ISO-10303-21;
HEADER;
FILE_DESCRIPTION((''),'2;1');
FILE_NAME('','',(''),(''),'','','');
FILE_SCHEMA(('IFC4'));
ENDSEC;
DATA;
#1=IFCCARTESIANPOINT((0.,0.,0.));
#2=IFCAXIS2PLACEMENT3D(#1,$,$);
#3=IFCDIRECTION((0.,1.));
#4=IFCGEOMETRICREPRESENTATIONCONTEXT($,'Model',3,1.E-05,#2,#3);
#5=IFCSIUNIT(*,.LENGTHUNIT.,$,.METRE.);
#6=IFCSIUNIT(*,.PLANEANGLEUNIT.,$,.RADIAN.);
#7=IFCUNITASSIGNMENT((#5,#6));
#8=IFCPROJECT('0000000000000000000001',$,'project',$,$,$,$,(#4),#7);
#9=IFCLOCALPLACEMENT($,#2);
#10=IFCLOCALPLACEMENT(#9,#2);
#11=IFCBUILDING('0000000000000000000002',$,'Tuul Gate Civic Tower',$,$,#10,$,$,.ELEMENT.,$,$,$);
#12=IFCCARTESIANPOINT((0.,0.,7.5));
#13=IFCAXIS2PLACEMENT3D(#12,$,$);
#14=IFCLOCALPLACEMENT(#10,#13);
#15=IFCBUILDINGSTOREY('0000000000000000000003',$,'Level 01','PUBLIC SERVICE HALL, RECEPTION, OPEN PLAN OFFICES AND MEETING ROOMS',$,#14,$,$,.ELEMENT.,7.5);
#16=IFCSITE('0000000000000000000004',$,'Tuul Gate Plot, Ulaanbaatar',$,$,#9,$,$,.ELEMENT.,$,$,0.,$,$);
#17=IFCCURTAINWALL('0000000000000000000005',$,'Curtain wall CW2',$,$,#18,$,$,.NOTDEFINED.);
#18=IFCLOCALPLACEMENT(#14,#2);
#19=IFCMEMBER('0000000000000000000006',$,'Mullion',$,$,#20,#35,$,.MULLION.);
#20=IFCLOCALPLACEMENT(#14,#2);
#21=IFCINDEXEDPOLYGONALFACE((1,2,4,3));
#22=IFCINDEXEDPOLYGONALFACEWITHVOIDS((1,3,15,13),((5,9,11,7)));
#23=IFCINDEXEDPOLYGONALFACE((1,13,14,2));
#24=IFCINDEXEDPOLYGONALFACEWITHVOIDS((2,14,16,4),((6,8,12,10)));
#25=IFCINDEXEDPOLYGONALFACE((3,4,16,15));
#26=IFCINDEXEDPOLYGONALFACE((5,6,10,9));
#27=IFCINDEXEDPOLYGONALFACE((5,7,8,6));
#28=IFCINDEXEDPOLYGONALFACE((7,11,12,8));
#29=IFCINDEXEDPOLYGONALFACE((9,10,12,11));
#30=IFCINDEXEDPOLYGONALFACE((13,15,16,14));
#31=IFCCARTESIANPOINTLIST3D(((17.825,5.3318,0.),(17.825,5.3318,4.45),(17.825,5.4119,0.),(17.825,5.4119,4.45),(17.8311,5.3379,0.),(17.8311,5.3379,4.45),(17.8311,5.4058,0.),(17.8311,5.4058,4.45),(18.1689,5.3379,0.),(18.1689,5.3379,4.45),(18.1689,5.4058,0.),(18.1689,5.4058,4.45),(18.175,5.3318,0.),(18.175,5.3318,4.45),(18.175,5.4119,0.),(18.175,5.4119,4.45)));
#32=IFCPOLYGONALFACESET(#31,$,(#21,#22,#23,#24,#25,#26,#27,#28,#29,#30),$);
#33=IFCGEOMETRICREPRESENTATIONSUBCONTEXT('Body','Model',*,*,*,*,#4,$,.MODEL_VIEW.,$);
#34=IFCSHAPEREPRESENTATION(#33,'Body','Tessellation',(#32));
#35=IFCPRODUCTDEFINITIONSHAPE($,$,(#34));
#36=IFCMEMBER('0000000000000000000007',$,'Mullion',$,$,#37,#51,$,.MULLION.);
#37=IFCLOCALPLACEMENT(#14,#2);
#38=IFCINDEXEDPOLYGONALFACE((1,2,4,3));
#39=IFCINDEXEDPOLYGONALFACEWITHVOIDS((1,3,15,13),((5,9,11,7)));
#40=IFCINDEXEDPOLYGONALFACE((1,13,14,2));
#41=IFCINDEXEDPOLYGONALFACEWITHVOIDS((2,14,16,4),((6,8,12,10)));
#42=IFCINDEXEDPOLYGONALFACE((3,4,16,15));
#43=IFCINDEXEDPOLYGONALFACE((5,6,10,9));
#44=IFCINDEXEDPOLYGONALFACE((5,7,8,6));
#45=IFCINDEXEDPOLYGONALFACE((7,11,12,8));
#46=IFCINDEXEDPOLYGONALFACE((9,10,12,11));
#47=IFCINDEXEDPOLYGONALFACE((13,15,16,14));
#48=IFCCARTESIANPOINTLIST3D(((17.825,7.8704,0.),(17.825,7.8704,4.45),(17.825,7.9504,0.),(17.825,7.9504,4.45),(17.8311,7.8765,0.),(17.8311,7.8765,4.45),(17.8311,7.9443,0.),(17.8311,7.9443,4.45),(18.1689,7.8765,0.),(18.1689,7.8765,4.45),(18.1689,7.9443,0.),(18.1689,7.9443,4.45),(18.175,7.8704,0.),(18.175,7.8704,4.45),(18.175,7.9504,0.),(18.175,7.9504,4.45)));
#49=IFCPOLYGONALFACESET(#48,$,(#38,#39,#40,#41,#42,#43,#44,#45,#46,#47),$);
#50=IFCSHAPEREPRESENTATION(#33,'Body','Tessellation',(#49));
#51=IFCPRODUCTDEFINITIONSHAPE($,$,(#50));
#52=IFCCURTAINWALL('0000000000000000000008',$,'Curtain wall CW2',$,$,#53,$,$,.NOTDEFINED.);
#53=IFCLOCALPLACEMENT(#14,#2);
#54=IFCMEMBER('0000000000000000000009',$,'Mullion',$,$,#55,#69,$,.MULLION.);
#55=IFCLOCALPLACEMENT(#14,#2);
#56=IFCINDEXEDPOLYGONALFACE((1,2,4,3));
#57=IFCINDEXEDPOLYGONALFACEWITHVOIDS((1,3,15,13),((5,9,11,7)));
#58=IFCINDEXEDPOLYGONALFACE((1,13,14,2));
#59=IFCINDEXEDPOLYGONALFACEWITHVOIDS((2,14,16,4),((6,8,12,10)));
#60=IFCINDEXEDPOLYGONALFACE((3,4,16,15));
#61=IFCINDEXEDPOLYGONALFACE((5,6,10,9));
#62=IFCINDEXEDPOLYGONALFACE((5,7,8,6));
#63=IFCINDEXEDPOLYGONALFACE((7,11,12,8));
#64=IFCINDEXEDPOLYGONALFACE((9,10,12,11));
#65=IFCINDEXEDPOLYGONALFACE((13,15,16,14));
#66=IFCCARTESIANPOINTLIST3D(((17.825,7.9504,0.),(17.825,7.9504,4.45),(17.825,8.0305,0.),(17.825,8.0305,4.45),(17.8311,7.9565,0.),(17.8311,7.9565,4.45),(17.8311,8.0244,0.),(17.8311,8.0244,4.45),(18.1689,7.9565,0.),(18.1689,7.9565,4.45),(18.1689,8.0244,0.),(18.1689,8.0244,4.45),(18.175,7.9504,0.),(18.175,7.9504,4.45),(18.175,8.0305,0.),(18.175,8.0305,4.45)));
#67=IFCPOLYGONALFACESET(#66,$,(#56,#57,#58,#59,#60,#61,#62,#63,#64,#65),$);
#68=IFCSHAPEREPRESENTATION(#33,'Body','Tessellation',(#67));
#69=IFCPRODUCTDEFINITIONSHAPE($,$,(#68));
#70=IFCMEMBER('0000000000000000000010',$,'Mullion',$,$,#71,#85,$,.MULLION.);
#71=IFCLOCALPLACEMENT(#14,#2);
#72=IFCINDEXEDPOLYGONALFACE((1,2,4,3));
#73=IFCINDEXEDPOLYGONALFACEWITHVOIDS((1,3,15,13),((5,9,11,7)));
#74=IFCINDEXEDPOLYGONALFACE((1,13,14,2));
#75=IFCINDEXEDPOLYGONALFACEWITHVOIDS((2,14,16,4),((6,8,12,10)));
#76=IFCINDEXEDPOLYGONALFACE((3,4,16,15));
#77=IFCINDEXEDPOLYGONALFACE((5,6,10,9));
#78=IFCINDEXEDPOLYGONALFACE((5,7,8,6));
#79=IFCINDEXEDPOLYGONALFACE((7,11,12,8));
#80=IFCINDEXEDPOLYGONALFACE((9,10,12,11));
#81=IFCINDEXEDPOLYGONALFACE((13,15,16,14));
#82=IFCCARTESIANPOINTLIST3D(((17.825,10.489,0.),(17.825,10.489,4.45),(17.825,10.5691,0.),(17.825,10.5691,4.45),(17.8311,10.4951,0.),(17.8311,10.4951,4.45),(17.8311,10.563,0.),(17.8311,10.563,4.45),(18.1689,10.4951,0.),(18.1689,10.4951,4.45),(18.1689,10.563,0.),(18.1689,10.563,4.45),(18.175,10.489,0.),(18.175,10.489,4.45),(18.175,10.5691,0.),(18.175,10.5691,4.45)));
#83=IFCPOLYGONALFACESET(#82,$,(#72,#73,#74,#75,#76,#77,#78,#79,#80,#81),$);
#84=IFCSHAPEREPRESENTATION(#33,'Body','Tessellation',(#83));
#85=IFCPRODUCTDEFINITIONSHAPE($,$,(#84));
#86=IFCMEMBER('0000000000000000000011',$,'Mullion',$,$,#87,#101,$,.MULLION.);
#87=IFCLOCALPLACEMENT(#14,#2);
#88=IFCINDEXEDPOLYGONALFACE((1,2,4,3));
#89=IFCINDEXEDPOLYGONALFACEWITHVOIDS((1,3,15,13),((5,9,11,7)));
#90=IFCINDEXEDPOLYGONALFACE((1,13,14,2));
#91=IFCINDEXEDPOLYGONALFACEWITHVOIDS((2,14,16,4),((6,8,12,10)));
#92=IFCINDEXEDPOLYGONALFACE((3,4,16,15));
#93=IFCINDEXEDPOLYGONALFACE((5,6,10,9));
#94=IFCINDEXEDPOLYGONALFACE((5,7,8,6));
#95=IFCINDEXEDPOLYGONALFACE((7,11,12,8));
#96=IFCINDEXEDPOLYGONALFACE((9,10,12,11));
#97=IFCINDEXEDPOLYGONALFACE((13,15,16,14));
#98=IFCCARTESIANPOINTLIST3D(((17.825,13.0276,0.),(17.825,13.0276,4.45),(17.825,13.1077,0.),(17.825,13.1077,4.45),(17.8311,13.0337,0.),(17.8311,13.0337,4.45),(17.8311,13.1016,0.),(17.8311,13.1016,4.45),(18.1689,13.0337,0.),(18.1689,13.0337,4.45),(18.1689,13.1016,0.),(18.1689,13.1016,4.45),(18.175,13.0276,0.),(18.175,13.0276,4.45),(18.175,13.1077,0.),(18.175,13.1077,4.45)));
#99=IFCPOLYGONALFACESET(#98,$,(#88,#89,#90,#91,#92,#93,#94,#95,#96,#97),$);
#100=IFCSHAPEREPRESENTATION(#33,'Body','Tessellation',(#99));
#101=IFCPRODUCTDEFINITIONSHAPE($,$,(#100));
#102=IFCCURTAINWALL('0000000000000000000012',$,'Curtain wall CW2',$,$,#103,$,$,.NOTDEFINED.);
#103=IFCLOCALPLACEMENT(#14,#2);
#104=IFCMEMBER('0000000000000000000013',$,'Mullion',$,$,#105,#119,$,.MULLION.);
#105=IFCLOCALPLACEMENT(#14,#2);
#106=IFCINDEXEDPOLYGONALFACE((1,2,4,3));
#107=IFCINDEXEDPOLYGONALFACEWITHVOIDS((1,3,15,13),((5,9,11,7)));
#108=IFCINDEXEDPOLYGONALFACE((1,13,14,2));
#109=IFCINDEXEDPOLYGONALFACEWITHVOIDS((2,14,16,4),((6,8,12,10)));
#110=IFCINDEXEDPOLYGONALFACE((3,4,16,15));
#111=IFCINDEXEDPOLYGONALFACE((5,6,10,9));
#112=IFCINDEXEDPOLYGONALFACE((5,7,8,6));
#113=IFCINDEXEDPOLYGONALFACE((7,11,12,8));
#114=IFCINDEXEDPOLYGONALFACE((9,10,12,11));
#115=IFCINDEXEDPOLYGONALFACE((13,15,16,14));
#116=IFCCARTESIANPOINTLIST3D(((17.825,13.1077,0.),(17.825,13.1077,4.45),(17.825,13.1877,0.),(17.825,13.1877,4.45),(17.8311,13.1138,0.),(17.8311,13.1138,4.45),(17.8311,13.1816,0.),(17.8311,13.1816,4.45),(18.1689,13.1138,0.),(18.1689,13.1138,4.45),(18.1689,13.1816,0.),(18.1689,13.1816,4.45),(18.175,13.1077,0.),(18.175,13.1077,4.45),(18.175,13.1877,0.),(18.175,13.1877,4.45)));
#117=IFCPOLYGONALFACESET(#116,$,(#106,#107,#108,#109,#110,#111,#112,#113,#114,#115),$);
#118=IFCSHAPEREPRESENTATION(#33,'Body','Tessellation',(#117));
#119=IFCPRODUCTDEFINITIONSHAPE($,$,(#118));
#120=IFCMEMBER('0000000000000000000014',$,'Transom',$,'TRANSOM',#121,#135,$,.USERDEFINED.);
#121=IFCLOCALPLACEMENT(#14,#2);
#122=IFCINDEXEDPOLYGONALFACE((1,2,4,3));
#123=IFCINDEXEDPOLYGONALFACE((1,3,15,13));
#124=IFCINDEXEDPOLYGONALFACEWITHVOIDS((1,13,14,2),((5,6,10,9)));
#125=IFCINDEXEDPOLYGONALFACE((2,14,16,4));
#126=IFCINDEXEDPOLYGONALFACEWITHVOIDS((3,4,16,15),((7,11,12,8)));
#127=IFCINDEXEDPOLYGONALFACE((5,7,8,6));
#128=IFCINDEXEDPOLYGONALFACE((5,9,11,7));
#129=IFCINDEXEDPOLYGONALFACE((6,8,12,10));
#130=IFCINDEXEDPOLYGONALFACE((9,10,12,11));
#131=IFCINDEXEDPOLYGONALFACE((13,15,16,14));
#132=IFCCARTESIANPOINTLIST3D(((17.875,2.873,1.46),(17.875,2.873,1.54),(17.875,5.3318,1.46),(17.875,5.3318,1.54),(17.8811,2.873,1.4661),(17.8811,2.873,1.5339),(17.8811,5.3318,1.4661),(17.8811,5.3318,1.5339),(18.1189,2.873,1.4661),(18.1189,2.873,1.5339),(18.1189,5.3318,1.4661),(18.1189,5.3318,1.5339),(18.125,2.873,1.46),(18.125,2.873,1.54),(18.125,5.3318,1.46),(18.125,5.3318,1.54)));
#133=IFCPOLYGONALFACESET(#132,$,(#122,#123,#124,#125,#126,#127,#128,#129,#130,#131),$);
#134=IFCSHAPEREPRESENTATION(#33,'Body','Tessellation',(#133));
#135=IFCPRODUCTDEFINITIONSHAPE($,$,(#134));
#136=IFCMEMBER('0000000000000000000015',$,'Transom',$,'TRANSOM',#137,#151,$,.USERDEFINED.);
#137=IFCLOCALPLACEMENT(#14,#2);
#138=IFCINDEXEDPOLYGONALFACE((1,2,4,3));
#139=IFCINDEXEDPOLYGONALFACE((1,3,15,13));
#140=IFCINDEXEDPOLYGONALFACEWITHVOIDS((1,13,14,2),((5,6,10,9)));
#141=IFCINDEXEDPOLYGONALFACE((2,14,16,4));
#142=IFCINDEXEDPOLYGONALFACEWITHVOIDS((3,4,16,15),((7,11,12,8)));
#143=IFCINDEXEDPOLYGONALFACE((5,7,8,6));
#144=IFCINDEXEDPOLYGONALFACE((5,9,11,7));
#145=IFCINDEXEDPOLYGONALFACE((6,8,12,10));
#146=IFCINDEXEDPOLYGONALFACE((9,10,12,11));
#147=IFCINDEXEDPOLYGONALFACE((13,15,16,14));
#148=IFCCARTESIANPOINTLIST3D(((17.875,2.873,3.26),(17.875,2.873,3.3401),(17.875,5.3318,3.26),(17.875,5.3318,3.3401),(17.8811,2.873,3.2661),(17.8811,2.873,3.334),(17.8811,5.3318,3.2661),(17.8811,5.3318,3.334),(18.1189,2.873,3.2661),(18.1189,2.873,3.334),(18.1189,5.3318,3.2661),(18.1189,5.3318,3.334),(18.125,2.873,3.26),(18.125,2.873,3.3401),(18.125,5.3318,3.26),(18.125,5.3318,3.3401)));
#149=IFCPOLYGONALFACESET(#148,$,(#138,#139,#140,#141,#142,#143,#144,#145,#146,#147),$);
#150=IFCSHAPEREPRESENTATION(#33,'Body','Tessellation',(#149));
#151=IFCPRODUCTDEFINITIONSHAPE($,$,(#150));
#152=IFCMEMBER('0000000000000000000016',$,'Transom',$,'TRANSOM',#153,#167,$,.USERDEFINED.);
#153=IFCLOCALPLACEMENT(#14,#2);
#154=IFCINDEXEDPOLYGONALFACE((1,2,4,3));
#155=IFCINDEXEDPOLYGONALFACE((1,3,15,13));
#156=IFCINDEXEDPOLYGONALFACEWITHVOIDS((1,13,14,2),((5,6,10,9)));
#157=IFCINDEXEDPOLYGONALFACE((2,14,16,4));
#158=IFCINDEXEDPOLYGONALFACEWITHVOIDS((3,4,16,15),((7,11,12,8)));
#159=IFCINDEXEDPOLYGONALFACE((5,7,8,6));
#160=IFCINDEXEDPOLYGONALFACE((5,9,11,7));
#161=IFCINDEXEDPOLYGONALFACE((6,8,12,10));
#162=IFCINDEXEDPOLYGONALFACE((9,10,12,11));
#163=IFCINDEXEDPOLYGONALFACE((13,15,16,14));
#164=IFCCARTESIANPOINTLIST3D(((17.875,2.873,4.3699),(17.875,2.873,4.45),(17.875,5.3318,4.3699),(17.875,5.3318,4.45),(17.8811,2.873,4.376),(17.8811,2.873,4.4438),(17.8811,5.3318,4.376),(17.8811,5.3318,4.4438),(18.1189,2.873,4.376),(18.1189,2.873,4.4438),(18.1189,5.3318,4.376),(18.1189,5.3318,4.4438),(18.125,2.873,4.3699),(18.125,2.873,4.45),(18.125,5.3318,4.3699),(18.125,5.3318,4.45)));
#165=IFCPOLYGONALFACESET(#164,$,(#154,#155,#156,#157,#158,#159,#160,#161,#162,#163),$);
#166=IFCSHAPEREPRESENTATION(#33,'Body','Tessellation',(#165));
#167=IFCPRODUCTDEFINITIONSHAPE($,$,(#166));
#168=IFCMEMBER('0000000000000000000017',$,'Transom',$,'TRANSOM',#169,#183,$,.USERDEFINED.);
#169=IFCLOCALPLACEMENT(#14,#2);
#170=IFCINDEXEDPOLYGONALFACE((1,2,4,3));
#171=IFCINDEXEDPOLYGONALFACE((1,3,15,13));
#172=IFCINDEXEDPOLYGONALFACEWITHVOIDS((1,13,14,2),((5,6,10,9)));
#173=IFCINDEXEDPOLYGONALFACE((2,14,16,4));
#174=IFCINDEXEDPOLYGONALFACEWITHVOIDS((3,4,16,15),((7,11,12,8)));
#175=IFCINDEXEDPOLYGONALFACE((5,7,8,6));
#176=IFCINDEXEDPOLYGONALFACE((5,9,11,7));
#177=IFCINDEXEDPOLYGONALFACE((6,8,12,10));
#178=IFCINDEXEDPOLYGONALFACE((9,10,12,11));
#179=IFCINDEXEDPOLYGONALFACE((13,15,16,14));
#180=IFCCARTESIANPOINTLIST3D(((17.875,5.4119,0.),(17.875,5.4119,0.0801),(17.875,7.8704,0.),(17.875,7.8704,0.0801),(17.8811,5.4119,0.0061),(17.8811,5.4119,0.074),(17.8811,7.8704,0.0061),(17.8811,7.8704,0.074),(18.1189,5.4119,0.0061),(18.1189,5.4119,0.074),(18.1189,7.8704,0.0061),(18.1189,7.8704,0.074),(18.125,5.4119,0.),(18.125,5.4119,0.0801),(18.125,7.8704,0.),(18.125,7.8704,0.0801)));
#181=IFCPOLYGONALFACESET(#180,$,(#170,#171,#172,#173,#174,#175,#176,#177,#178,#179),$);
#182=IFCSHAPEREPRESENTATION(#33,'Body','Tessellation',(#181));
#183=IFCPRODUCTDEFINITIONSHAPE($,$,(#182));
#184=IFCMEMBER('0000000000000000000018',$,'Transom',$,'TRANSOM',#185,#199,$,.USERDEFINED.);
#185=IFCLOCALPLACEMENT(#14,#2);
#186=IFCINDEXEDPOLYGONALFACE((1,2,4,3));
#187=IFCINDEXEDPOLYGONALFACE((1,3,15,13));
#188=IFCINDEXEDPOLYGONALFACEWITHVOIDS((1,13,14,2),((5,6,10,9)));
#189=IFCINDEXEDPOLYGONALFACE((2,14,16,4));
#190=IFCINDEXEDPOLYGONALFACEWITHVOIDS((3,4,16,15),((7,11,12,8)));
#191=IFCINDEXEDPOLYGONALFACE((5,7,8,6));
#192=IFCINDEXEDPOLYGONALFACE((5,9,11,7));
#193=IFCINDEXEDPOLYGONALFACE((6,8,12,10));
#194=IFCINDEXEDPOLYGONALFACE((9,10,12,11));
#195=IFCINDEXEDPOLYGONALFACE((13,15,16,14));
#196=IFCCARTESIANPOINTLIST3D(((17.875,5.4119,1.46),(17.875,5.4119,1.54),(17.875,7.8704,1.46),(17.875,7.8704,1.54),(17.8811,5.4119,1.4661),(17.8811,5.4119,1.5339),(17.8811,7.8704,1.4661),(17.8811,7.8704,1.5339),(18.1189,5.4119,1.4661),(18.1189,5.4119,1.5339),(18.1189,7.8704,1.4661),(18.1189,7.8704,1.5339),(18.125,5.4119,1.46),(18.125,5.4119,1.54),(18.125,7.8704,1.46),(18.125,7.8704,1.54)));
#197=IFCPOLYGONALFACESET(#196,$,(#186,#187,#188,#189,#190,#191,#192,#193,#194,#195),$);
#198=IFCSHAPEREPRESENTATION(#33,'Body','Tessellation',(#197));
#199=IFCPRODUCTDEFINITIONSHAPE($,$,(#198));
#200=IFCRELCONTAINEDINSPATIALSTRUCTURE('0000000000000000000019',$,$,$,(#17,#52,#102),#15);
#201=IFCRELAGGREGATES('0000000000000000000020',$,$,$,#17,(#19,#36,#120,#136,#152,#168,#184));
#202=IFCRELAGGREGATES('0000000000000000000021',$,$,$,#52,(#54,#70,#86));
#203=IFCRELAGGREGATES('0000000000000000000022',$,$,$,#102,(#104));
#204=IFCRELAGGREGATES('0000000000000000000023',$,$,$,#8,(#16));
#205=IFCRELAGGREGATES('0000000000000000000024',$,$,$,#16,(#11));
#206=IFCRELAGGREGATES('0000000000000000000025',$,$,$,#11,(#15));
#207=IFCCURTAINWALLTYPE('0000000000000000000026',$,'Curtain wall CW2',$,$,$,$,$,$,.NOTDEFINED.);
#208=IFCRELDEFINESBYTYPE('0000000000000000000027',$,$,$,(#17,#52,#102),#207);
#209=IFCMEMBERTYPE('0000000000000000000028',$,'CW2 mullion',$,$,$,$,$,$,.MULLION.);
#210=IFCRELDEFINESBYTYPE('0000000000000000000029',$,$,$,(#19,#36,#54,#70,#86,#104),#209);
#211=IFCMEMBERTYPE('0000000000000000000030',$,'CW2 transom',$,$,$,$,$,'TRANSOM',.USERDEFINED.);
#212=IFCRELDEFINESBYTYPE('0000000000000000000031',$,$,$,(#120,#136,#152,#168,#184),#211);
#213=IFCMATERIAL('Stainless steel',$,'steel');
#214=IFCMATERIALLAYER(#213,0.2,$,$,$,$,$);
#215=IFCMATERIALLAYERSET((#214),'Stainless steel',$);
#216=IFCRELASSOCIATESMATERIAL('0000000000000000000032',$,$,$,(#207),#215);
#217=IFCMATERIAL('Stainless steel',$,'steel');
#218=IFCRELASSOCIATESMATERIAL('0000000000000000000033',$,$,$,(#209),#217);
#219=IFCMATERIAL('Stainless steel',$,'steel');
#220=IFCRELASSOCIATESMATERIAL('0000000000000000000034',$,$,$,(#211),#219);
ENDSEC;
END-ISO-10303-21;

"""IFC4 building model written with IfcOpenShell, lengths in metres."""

from ifc_helpers import new_model, si_unit, direction, frame, origin, origin_2d, place, context, subcontext, project, spatial, hollow_rectangle, extrude, material, layer, layer_set, material_profile, profile_set, type_object, element, aggregate, save


model = new_model("IFC4")

# Units and contexts
model_context = context("Model", 3, precision=1e-05, world=origin(), true_north=direction((0.0, 1.0)))
body_context = subcontext(model_context, "Body", "Model", "MODEL_VIEW")
ifc_project = project(units=[si_unit("LENGTHUNIT", "METRE"), si_unit("PLANEANGLEUNIT", "RADIAN")], contexts=[model_context])

# Site, building, storey
site_placement = place(None, origin())
site = spatial("IfcSite", under=ifc_project, at=site_placement, Name="Tuul Gate Plot, Ulaanbaatar", CompositionType="ELEMENT", RefElevation=0.0)
building_placement = place(site_placement, origin())
building = spatial("IfcBuilding", under=site, at=building_placement, Name="Tuul Gate Civic Tower", CompositionType="ELEMENT")
storey_placement = place(building_placement, frame((0.0, 0.0, 7.5)))
storey = spatial("IfcBuildingStorey", under=building, at=storey_placement, Name="Level 01", Description="PUBLIC SERVICE HALL, RECEPTION, OPEN PLAN OFFICES AND MEETING ROOMS", CompositionType="ELEMENT", Elevation=7.5)

# Curtain walls, members
ifc_material_1 = material(Name="Stainless steel", Category="steel")
ifc_layer_1 = layer(ifc_material_1, 0.2)
ifc_layer_set_1 = layer_set([ifc_layer_1], Name="Stainless steel")
curtain_wall_type = type_object("IfcCurtainWallType", Name="Curtain wall CW2", PredefinedType="NOTDEFINED", material=ifc_layer_set_1)
curtain_wall_1_placement = place(storey_placement, origin())
curtain_wall_1 = element("IfcCurtainWall", 1, at=curtain_wall_1_placement, inside=storey, type_object=curtain_wall_type, Name="Curtain wall CW2", PredefinedType="NOTDEFINED")
ifc_material_2 = material(Name="Stainless steel", Category="steel")
ifc_material_profile_1 = material_profile(ifc_material_2, hollow_rectangle(XDim=0.3501, YDim=0.0801, WallThickness=0.0061, at=origin_2d()), Name="CW2 mullion")
ifc_profile_set_1 = profile_set([ifc_material_profile_1], Name="Stainless steel")
member_type_1 = type_object("IfcMemberType", Name="CW2 mullion", PredefinedType="MULLION", material=ifc_profile_set_1)
member_1_placement = place(storey_placement, frame((18.0, 5.3718, 0.0), z_axis=(0.0, 0.0, 1.0), x_axis=(-1.0, 0.0, 0.0)))
member_1 = element("IfcMember", 2, at=member_1_placement, type_object=member_type_1, Name="Mullion", PredefinedType="MULLION", context=body_context, shape_type="SweptSolid", body=[
    extrude(hollow_rectangle(XDim=0.3501, YDim=0.0801, WallThickness=0.0061, at=origin_2d()), origin(), (0.0, 0.0, 1.0), 4.45),
])
member_2_placement = place(storey_placement, frame((18.0, 7.9104, 0.0), z_axis=(0.0, 0.0, 1.0), x_axis=(-1.0, 0.0, 0.0)))
member_2 = element("IfcMember", 3, at=member_2_placement, type_object=member_type_1, Name="Mullion", PredefinedType="MULLION", context=body_context, shape_type="SweptSolid", body=[
    extrude(hollow_rectangle(XDim=0.3501, YDim=0.0801, WallThickness=0.0061, at=origin_2d()), origin(), (0.0, 0.0, 1.0), 4.45),
])
curtain_wall_2_placement = place(storey_placement, origin())
curtain_wall_2 = element("IfcCurtainWall", 4, at=curtain_wall_2_placement, inside=storey, type_object=curtain_wall_type, Name="Curtain wall CW2", PredefinedType="NOTDEFINED")
member_3_placement = place(storey_placement, frame((18.0, 7.9905, 0.0), z_axis=(0.0, 0.0, 1.0), x_axis=(-1.0, 0.0, 0.0)))
member_3 = element("IfcMember", 5, at=member_3_placement, type_object=member_type_1, Name="Mullion", PredefinedType="MULLION", context=body_context, shape_type="SweptSolid", body=[
    extrude(hollow_rectangle(XDim=0.3501, YDim=0.0801, WallThickness=0.0061, at=origin_2d()), origin(), (0.0, 0.0, 1.0), 4.45),
])
member_4_placement = place(storey_placement, frame((18.0, 10.5291, 0.0), z_axis=(0.0, 0.0, 1.0), x_axis=(-1.0, 0.0, 0.0)))
member_4 = element("IfcMember", 6, at=member_4_placement, type_object=member_type_1, Name="Mullion", PredefinedType="MULLION", context=body_context, shape_type="SweptSolid", body=[
    extrude(hollow_rectangle(XDim=0.3501, YDim=0.0801, WallThickness=0.0061, at=origin_2d()), origin(), (0.0, 0.0, 1.0), 4.45),
])
member_5_placement = place(storey_placement, frame((18.0, 13.0676, 0.0), z_axis=(0.0, 0.0, 1.0), x_axis=(-1.0, 0.0, 0.0)))
member_5 = element("IfcMember", 7, at=member_5_placement, type_object=member_type_1, Name="Mullion", PredefinedType="MULLION", context=body_context, shape_type="SweptSolid", body=[
    extrude(hollow_rectangle(XDim=0.3501, YDim=0.0801, WallThickness=0.0061, at=origin_2d()), origin(), (0.0, 0.0, 1.0), 4.45),
])

# Curtain wall, member
curtain_wall_3_placement = place(storey_placement, origin())
curtain_wall_3 = element("IfcCurtainWall", 8, at=curtain_wall_3_placement, inside=storey, type_object=curtain_wall_type, Name="Curtain wall CW2", PredefinedType="NOTDEFINED")
member_6_placement = place(storey_placement, frame((18.0, 13.1477, 0.0), z_axis=(0.0, 0.0, 1.0), x_axis=(-1.0, 0.0, 0.0)))
member_6 = element("IfcMember", 9, at=member_6_placement, type_object=member_type_1, Name="Mullion", PredefinedType="MULLION", context=body_context, shape_type="SweptSolid", body=[
    extrude(hollow_rectangle(XDim=0.3501, YDim=0.0801, WallThickness=0.0061, at=origin_2d()), origin(), (0.0, 0.0, 1.0), 4.45),
])

# Members
ifc_material_3 = material(Name="Stainless steel", Category="steel")
ifc_material_profile_2 = material_profile(ifc_material_3, hollow_rectangle(XDim=0.25, YDim=0.0801, WallThickness=0.0061, at=origin_2d()), Name="CW2 transom")
ifc_profile_set_2 = profile_set([ifc_material_profile_2], Name="Stainless steel")
member_type_2 = type_object("IfcMemberType", Name="CW2 transom", ElementType="TRANSOM", PredefinedType="USERDEFINED", material=ifc_profile_set_2)
member_7_placement = place(storey_placement, frame((18.0, 2.873, 1.5), z_axis=(0.0, 1.0, 0.0), x_axis=(-1.0, 0.0, 0.0)))
member_7 = element("IfcMember", 10, at=member_7_placement, type_object=member_type_2, Name="Transom", ObjectType="TRANSOM", PredefinedType="USERDEFINED", context=body_context, shape_type="SweptSolid", body=[
    extrude(hollow_rectangle(XDim=0.25, YDim=0.0801, WallThickness=0.0061, at=origin_2d()), origin(), (0.0, 0.0, 1.0), 2.4587),
])
member_8_placement = place(storey_placement, frame((18.0, 2.873, 3.3), z_axis=(0.0, 1.0, 0.0), x_axis=(-1.0, 0.0, 0.0)))
member_8 = element("IfcMember", 11, at=member_8_placement, type_object=member_type_2, Name="Transom", ObjectType="TRANSOM", PredefinedType="USERDEFINED", context=body_context, shape_type="SweptSolid", body=[
    extrude(hollow_rectangle(XDim=0.25, YDim=0.0801, WallThickness=0.0061, at=origin_2d()), origin(), (0.0, 0.0, 1.0), 2.4587),
])
member_9_placement = place(storey_placement, frame((18.0, 2.873, 4.4099), z_axis=(0.0, 1.0, 0.0), x_axis=(-1.0, 0.0, 0.0)))
member_9 = element("IfcMember", 12, at=member_9_placement, type_object=member_type_2, Name="Transom", ObjectType="TRANSOM", PredefinedType="USERDEFINED", context=body_context, shape_type="SweptSolid", body=[
    extrude(hollow_rectangle(XDim=0.25, YDim=0.0801, WallThickness=0.0061, at=origin_2d()), origin(), (0.0, 0.0, 1.0), 2.4587),
])
member_10_placement = place(storey_placement, frame((18.0, 5.4119, 0.04), z_axis=(0.0, 1.0, 0.0), x_axis=(-1.0, 0.0, 0.0)))
member_10 = element("IfcMember", 13, at=member_10_placement, type_object=member_type_2, Name="Transom", ObjectType="TRANSOM", PredefinedType="USERDEFINED", context=body_context, shape_type="SweptSolid", body=[
    extrude(hollow_rectangle(XDim=0.25, YDim=0.0801, WallThickness=0.0061, at=origin_2d()), origin(), (0.0, 0.0, 1.0), 2.4585),
])
member_11_placement = place(storey_placement, frame((18.0, 5.4119, 1.5), z_axis=(0.0, 1.0, 0.0), x_axis=(-1.0, 0.0, 0.0)))
member_11 = element("IfcMember", 14, at=member_11_placement, type_object=member_type_2, Name="Transom", ObjectType="TRANSOM", PredefinedType="USERDEFINED", context=body_context, shape_type="SweptSolid", body=[
    extrude(hollow_rectangle(XDim=0.25, YDim=0.0801, WallThickness=0.0061, at=origin_2d()), origin(), (0.0, 0.0, 1.0), 2.4585),
])

aggregate(curtain_wall_1, [member_1, member_2, member_7, member_8, member_9, member_10, member_11])
aggregate(curtain_wall_2, [member_3, member_4, member_5])
aggregate(curtain_wall_3, [member_6])

save(model, "model.ifc")
